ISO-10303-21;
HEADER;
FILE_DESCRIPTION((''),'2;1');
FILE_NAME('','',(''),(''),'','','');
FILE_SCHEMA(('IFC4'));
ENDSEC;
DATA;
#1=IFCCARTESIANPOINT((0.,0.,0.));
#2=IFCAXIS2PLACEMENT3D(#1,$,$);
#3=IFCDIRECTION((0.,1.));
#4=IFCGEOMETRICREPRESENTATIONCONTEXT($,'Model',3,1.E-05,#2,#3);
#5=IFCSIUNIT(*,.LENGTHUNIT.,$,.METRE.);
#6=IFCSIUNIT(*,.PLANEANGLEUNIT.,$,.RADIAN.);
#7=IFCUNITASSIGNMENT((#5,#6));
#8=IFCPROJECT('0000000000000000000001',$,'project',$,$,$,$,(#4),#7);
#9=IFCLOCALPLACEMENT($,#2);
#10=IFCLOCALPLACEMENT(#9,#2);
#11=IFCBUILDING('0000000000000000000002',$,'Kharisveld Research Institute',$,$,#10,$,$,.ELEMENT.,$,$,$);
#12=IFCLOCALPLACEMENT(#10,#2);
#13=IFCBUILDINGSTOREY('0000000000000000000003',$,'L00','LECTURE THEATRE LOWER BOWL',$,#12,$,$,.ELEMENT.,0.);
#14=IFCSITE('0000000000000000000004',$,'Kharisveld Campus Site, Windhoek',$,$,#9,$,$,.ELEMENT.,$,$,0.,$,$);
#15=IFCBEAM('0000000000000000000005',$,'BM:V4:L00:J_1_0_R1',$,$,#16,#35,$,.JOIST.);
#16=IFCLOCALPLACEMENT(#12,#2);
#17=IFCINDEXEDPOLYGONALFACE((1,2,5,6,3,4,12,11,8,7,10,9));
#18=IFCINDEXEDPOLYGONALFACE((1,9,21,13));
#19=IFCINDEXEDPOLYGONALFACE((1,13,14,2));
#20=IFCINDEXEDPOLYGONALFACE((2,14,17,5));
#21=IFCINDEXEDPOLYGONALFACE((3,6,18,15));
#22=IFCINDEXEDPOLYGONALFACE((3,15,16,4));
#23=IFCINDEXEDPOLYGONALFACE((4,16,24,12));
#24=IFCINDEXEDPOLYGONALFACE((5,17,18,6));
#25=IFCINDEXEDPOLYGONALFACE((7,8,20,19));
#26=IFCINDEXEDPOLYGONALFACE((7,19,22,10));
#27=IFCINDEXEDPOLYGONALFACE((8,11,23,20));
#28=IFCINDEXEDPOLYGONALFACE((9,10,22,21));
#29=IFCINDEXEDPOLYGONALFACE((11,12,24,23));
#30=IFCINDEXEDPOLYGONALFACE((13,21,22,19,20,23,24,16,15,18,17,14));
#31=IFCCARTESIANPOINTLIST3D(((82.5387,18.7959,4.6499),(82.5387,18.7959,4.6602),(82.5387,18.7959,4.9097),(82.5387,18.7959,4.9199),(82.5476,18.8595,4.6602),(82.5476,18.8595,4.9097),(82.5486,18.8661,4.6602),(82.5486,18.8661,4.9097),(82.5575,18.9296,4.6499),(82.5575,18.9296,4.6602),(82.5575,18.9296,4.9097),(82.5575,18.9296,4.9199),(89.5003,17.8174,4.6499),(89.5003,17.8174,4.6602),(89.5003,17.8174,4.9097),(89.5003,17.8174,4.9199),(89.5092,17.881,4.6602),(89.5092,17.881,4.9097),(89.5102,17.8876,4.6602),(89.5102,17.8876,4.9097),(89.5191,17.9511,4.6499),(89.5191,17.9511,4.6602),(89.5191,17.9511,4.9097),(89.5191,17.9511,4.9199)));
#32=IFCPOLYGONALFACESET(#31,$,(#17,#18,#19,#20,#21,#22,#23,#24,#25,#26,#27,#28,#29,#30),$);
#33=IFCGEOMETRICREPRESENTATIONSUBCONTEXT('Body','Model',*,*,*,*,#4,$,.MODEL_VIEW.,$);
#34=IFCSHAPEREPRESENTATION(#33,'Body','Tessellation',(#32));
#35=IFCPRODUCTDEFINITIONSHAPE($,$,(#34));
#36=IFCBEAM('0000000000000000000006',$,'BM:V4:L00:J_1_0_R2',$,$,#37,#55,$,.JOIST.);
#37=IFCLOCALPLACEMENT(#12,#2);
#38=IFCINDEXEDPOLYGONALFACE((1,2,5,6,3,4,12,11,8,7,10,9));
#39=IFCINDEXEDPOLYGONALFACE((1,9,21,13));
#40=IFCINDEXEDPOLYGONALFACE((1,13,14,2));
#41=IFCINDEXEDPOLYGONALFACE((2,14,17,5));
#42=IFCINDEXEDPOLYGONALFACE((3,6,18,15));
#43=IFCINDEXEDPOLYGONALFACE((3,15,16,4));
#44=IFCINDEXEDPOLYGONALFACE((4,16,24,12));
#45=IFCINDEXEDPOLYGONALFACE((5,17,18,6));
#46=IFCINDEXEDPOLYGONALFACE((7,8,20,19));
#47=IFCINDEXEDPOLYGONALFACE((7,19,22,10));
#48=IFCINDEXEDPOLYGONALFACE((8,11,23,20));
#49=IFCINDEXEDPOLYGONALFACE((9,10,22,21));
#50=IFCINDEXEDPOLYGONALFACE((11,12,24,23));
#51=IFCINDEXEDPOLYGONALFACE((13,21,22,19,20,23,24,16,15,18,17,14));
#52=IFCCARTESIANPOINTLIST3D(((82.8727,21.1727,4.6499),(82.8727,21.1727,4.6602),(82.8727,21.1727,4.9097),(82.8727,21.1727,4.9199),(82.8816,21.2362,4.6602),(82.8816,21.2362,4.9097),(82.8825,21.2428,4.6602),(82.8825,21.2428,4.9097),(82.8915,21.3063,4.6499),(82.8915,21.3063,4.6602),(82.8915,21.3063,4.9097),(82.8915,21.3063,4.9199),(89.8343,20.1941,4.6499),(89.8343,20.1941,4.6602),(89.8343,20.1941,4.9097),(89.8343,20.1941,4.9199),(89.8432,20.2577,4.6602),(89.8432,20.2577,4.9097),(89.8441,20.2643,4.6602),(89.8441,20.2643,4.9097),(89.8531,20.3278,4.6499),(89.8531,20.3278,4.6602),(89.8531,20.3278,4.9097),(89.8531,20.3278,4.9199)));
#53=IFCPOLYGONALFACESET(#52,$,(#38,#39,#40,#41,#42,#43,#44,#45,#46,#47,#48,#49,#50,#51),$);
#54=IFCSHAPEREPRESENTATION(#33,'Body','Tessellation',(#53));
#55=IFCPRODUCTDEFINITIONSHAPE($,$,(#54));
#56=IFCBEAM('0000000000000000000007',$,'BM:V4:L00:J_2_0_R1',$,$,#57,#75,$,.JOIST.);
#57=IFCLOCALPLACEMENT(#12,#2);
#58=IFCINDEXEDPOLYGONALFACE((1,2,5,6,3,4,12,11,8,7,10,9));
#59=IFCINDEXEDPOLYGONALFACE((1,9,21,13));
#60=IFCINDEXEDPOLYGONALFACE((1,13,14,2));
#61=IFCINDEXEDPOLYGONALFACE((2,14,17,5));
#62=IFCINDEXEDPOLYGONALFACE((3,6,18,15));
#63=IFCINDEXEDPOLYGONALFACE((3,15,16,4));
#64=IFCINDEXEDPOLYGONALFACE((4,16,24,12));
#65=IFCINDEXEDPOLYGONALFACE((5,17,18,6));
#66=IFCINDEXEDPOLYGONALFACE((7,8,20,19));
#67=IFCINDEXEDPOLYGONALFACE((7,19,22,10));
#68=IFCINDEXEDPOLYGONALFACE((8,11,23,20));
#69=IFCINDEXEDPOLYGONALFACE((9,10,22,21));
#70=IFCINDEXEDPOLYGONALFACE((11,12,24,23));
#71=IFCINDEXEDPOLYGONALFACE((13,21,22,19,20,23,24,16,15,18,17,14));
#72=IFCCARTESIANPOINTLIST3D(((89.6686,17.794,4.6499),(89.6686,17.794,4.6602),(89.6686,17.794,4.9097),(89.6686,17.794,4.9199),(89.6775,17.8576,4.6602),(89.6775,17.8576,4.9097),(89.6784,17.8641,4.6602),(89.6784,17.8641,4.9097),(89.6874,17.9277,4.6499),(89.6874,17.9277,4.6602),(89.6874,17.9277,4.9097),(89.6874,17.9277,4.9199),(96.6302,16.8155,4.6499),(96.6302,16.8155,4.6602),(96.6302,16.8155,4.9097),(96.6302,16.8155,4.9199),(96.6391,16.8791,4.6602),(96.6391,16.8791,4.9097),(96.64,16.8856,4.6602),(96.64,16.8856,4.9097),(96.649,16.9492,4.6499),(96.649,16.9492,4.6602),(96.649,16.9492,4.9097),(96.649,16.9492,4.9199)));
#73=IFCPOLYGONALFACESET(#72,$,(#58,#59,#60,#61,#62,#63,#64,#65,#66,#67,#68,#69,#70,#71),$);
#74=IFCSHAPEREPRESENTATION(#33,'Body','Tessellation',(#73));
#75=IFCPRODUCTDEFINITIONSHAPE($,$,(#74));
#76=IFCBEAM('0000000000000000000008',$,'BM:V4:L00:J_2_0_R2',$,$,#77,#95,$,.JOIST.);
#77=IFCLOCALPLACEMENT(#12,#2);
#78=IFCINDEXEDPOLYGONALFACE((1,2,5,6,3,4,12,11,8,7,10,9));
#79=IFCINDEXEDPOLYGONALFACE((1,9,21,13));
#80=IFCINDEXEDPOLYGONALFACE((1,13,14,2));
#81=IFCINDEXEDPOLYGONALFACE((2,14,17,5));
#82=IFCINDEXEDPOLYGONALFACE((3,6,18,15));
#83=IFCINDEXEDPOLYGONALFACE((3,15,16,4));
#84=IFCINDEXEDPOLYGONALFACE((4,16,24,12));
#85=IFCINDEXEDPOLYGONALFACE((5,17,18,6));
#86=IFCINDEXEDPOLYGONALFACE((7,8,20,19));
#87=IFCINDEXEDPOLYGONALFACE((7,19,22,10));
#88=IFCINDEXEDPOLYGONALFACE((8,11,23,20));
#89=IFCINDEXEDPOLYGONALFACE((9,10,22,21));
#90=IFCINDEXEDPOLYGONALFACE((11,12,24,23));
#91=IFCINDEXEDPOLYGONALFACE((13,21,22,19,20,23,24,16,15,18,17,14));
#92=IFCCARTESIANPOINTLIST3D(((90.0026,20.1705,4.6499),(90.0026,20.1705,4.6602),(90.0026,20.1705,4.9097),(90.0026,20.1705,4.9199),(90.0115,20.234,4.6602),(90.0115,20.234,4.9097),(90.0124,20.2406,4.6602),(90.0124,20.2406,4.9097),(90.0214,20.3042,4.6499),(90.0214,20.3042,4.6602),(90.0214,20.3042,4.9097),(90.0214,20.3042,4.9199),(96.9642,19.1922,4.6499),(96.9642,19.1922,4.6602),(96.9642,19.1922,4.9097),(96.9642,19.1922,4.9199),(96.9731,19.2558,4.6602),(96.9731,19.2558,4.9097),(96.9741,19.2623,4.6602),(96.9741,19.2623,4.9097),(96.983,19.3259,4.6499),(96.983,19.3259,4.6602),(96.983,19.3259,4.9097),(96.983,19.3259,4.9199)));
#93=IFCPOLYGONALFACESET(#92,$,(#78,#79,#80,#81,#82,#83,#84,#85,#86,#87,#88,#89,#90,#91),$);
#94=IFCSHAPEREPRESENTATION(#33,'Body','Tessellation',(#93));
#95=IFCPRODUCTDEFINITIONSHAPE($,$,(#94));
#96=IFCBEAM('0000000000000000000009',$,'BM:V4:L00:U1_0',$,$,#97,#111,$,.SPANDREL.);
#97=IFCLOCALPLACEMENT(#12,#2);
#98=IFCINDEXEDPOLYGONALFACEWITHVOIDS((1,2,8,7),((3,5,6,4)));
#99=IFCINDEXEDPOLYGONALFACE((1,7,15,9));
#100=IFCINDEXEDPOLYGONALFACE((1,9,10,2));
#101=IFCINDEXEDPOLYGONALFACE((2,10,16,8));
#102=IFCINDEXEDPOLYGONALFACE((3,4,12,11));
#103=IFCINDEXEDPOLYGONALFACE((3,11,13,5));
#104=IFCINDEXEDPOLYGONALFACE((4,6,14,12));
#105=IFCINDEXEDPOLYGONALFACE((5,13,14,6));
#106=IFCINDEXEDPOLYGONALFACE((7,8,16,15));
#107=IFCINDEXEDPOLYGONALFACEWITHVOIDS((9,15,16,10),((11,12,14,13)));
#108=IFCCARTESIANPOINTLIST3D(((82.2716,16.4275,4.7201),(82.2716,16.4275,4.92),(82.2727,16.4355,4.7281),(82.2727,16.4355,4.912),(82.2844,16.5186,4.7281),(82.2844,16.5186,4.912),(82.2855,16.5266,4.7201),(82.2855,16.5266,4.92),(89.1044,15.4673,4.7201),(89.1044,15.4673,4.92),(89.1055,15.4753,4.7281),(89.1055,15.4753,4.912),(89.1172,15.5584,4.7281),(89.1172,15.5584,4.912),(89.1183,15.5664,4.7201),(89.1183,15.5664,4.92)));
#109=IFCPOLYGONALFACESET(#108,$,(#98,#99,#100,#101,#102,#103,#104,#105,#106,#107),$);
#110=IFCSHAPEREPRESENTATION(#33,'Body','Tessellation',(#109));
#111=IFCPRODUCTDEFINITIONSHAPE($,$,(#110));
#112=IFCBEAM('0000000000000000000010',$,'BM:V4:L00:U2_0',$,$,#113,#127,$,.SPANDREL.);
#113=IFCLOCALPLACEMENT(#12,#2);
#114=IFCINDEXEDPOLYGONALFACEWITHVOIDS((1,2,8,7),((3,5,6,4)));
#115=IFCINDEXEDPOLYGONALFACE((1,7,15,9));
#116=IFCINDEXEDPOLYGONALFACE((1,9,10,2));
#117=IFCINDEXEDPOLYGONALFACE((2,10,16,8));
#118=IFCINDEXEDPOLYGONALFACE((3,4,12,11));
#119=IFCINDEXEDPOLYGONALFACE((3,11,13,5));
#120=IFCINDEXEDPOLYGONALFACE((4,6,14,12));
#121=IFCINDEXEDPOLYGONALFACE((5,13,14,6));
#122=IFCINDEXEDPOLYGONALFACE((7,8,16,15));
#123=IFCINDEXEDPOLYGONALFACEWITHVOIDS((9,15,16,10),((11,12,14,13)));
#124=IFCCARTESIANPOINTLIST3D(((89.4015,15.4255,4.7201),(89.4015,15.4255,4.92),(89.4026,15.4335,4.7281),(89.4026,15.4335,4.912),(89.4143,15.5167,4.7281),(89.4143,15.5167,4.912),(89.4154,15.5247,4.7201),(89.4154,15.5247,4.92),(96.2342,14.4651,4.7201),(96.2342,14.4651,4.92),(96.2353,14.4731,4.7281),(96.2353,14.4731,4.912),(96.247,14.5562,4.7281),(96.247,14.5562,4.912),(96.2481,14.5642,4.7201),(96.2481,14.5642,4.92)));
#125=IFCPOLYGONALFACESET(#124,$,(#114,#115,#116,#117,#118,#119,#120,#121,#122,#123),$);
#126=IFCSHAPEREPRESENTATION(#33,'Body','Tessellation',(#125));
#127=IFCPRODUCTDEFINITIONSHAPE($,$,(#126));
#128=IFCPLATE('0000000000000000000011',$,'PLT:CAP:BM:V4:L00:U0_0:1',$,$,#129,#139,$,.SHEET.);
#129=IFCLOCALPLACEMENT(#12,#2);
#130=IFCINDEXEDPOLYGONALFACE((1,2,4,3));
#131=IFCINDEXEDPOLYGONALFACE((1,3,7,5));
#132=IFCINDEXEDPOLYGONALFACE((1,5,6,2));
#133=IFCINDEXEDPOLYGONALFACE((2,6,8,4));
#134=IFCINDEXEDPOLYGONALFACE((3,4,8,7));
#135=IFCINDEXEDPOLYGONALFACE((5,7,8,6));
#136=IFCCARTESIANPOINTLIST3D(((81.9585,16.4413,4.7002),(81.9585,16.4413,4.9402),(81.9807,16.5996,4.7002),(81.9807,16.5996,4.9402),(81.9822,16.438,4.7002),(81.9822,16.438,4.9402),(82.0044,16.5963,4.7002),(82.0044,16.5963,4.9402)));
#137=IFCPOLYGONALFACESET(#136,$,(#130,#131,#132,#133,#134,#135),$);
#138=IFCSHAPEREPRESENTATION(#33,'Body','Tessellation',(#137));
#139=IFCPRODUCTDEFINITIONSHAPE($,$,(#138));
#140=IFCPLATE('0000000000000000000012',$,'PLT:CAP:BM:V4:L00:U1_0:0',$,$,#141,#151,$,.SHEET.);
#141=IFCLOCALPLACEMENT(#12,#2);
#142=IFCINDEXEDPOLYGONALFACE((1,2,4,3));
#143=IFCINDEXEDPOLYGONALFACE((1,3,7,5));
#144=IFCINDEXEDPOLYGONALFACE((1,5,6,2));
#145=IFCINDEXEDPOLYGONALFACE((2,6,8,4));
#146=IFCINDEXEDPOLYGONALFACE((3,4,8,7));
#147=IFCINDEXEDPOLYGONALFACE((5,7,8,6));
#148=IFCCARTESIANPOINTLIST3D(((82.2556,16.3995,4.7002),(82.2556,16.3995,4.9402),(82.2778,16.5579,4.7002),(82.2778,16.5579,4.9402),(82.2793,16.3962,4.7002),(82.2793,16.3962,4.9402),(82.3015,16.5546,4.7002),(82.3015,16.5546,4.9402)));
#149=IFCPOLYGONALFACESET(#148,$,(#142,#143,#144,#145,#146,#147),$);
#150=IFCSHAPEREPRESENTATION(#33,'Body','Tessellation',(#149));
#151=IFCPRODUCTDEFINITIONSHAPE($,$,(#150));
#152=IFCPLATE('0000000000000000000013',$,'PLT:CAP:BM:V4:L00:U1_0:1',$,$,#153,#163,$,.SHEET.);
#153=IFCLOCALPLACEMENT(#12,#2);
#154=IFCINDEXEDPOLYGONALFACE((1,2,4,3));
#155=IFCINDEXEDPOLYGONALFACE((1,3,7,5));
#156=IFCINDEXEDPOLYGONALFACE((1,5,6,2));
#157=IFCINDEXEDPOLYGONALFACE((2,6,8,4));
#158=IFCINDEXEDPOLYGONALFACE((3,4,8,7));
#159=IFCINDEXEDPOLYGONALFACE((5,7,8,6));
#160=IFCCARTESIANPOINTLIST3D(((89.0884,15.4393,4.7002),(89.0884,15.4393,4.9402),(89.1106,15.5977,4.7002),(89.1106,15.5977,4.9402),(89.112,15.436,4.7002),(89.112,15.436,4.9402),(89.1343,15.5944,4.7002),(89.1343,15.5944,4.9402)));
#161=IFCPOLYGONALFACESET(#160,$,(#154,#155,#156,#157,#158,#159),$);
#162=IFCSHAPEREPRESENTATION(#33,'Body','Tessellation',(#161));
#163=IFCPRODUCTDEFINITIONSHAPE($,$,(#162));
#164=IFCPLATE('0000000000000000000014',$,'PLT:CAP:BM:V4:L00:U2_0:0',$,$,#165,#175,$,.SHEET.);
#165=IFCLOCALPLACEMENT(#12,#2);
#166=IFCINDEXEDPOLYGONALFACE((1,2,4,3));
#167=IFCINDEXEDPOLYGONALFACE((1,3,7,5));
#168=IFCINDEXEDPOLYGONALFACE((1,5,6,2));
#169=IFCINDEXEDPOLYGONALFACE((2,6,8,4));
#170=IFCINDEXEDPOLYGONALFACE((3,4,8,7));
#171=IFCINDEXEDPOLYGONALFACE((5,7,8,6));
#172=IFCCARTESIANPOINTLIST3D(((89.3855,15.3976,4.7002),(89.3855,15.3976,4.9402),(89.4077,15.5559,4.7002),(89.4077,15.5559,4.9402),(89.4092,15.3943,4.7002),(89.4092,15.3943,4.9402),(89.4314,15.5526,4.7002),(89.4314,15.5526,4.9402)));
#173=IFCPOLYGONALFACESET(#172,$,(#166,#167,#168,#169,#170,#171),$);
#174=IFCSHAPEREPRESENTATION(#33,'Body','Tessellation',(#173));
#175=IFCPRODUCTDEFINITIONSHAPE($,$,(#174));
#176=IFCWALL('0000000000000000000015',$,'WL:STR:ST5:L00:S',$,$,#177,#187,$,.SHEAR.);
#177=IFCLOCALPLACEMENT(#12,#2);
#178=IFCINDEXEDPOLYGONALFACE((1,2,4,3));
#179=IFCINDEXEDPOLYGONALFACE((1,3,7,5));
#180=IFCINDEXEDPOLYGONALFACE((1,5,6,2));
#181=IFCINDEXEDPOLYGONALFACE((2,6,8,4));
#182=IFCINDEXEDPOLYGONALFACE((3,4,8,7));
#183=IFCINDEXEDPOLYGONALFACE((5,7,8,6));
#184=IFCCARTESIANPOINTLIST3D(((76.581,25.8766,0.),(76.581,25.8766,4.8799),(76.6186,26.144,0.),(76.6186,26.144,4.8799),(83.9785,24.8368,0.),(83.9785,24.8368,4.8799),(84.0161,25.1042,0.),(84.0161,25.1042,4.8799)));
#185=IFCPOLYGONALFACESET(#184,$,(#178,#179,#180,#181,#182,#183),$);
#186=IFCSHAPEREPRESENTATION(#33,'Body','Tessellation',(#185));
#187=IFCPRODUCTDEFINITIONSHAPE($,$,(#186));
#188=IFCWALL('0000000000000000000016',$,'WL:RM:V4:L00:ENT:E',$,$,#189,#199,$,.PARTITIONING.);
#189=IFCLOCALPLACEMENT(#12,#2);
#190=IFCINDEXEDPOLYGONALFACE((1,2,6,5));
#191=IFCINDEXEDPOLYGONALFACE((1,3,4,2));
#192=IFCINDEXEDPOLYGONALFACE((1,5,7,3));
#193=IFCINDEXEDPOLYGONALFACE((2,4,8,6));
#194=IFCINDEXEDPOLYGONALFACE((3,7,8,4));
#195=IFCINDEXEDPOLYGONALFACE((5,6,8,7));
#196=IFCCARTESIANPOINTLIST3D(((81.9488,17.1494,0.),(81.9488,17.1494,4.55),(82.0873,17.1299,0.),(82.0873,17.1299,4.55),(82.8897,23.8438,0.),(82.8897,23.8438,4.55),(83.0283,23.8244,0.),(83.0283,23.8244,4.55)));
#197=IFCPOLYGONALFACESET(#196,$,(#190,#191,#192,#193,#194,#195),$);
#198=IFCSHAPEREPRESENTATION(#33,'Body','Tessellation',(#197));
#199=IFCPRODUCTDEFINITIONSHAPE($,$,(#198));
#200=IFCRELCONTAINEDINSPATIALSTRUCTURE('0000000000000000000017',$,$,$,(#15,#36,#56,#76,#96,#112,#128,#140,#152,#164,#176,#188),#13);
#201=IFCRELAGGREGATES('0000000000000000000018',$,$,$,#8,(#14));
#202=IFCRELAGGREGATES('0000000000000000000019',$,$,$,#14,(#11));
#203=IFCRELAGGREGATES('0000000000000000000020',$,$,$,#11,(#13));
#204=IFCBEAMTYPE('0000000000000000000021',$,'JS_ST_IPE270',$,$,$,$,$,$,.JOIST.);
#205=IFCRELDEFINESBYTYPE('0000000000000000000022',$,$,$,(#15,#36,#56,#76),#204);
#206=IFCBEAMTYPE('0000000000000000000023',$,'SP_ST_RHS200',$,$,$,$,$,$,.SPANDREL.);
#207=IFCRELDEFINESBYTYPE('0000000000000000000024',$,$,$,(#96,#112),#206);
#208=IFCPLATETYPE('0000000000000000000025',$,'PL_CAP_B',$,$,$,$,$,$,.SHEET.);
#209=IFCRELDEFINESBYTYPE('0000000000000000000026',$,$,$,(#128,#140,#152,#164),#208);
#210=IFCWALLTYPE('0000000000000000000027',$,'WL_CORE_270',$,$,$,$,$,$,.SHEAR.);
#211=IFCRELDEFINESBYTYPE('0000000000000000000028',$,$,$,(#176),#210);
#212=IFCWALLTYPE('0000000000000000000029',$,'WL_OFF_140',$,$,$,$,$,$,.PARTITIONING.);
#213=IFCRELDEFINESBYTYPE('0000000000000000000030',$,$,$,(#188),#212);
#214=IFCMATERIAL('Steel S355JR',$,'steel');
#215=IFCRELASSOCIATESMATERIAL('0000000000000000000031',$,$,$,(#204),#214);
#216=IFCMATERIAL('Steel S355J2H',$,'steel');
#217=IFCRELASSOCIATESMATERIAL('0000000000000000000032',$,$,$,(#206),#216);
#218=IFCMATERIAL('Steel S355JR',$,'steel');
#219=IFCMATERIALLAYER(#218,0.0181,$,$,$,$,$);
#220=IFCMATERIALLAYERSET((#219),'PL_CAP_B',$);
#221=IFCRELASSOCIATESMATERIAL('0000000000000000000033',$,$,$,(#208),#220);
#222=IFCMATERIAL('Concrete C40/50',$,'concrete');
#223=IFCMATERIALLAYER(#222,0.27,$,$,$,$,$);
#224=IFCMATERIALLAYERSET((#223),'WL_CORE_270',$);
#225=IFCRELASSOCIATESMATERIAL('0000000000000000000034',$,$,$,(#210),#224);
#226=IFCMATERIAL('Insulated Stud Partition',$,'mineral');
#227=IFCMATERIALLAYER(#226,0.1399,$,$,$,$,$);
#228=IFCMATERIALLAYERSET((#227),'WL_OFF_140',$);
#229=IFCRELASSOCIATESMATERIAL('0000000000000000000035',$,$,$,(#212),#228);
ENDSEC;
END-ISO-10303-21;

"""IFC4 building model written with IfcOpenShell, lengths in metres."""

from ifc_helpers import new_model, si_unit, direction, frame, frame_2d, origin, origin_2d, place, context, subcontext, project, spatial, rectangle, hollow_rectangle, i_section, extrude, material, layer, layer_set, material_profile, profile_set, type_object, element, save


model = new_model("IFC4")

# Units and contexts
model_context = context("Model", 3, precision=1e-05, world=origin(), true_north=direction((0.0, 1.0)))
body_context = subcontext(model_context, "Body", "Model", "MODEL_VIEW")
ifc_project = project(units=[si_unit("LENGTHUNIT", "METRE"), si_unit("PLANEANGLEUNIT", "RADIAN")], contexts=[model_context])

# Site, building, storey
site_placement = place(None, origin())
site = spatial("IfcSite", under=ifc_project, at=site_placement, Name="Kharisveld Campus Site, Windhoek", CompositionType="ELEMENT", RefElevation=0.0)
building_placement = place(site_placement, origin())
building = spatial("IfcBuilding", under=site, at=building_placement, Name="Kharisveld Research Institute", CompositionType="ELEMENT")
storey_placement = place(building_placement, origin())
storey = spatial("IfcBuildingStorey", under=building, at=storey_placement, Name="L00", Description="LECTURE THEATRE LOWER BOWL", CompositionType="ELEMENT", Elevation=0.0)

# Beams
ifc_material_1 = material(Name="Steel S355JR", Category="steel")
ifc_material_profile_1 = material_profile(ifc_material_1, i_section(OverallWidth=0.135, OverallDepth=0.27, WebThickness=0.0066, FlangeThickness=0.0103, at=origin_2d()))
ifc_profile_set_1 = profile_set([ifc_material_profile_1], Name="Steel S355JR")
beam_type_1 = type_object("IfcBeamType", Name="JS_ST_IPE270", PredefinedType="JOIST", material=ifc_profile_set_1)
for number, where, z_axis, x_axis, name in (
    (1, (82.5481, 18.8628, 4.7849), (0.990266, -0.139189, 0.0), (0.139189, 0.990266, 0.0), "BM:V4:L00:J_1_0_R1"),
    (2, (82.8821, 21.2395, 4.7849), (0.990266, -0.139189, 0.0), (0.139189, 0.990266, 0.0), "BM:V4:L00:J_1_0_R2"),
    (3, (89.678, 17.8608, 4.7849), (0.990266, -0.139189, 0.0), (0.139189, 0.990266, 0.0), "BM:V4:L00:J_2_0_R1"),
    (4, (90.012, 20.2373, 4.7849), (0.990271, -0.139155, 0.0), (0.139155, 0.990271, 0.0), "BM:V4:L00:J_2_0_R2"),
):
    element("IfcBeam", number, at=place(storey_placement, frame(where, z_axis=z_axis, x_axis=x_axis)), inside=storey, type_object=beam_type_1, Name=name, PredefinedType="JOIST", context=body_context, shape_type="SweptSolid", body=[
        extrude(i_section(OverallWidth=0.135, OverallDepth=0.27, WebThickness=0.0066, FlangeThickness=0.0103, at=origin_2d()), origin(), (0.0, 0.0, 1.0), 7.03),
    ])
ifc_material_2 = material(Name="Steel S355J2H", Category="steel")
ifc_material_profile_2 = material_profile(ifc_material_2, hollow_rectangle(XDim=0.1001, YDim=0.2, WallThickness=0.0081, at=origin_2d()))
ifc_profile_set_2 = profile_set([ifc_material_profile_2], Name="Steel S355J2H")
beam_type_2 = type_object("IfcBeamType", Name="SP_ST_RHS200", PredefinedType="SPANDREL", material=ifc_profile_set_2)
for number, where, z_axis, x_axis, name in (
    (5, (82.2786, 16.4771, 4.8201), (0.99027, -0.139162, 0.0), (0.139162, 0.99027, 0.0), "BM:V4:L00:U1_0"),
    (6, (89.4084, 15.4751, 4.8201), (0.990265, -0.139197, 0.0), (0.139197, 0.990265, 0.0), "BM:V4:L00:U2_0"),
):
    element("IfcBeam", number, at=place(storey_placement, frame(where, z_axis=z_axis, x_axis=x_axis)), inside=storey, type_object=beam_type_2, Name=name, PredefinedType="SPANDREL", context=body_context, shape_type="SweptSolid", body=[
        extrude(hollow_rectangle(XDim=0.1001, YDim=0.2, WallThickness=0.0081, at=origin_2d()), origin(), (0.0, 0.0, 1.0), 6.8999),
    ])

# Plates
ifc_material_3 = material(Name="Steel S355JR", Category="steel")
ifc_layer_1 = layer(ifc_material_3, 0.0181)
ifc_layer_set_1 = layer_set([ifc_layer_1], Name="PL_CAP_B")
plate_type = type_object("IfcPlateType", Name="PL_CAP_B", PredefinedType="SHEET", material=ifc_layer_set_1)
for number, where, z_axis, x_axis, name in (
    (7, (81.9814, 16.5188, 4.7002), (0.0, 0.0, 1.0), (0.990268, -0.139173, 0.0), "PLT:CAP:BM:V4:L00:U0_0:1"),
    (8, (82.2786, 16.4771, 4.7002), (0.0, 0.0, 1.0), (0.990268, -0.139173, 0.0), "PLT:CAP:BM:V4:L00:U1_0:0"),
    (9, (89.1113, 15.5168, 4.7002), (0.0, 0.0, 1.0), (0.990268, -0.139173, 0.0), "PLT:CAP:BM:V4:L00:U1_0:1"),
    (10, (89.4084, 15.4751, 4.7002), (0.0, 0.0, 1.0), (0.990268, -0.139173, 0.0), "PLT:CAP:BM:V4:L00:U2_0:0"),
):
    element("IfcPlate", number, at=place(storey_placement, frame(where, z_axis=z_axis, x_axis=x_axis)), inside=storey, type_object=plate_type, Name=name, PredefinedType="SHEET", context=body_context, shape_type="SweptSolid", body=[
        extrude(rectangle(XDim=0.0239, YDim=0.1599, at=origin_2d()), origin(), (0.0, 0.0, 1.0), 0.24),
    ])

# Walls
ifc_material_4 = material(Name="Concrete C40/50", Category="concrete")
ifc_layer_2 = layer(ifc_material_4, 0.27)
ifc_layer_set_2 = layer_set([ifc_layer_2], Name="WL_CORE_270")
wall_type_1 = type_object("IfcWallType", Name="WL_CORE_270", PredefinedType="SHEAR", material=ifc_layer_set_2)
wall_1_placement = place(storey_placement, frame((83.9973, 24.9705, 0.0), z_axis=(0.0, 0.0, 1.0), x_axis=(-0.990265, 0.139193, 0.0)))
element("IfcWall", 11, at=wall_1_placement, inside=storey, type_object=wall_type_1, Name="WL:STR:ST5:L00:S", PredefinedType="SHEAR", context=body_context, shape_type="SweptSolid", body=[
    extrude(rectangle(XDim=7.4702, YDim=0.27, at=frame_2d((3.7351, 0.0))), origin(), (0.0, 0.0, 1.0), 4.8799),
])
ifc_material_5 = material(Name="Insulated Stud Partition", Category="mineral")
ifc_layer_3 = layer(ifc_material_5, 0.1399)
ifc_layer_set_3 = layer_set([ifc_layer_3], Name="WL_OFF_140")
wall_type_2 = type_object("IfcWallType", Name="WL_OFF_140", PredefinedType="PARTITIONING", material=ifc_layer_set_3)
wall_2_placement = place(storey_placement, frame((82.0181, 17.1396, 0.0), z_axis=(0.0, 0.0, 1.0), x_axis=(0.139186, 0.990266, 0.0)))
element("IfcWall", 12, at=wall_2_placement, inside=storey, type_object=wall_type_2, Name="WL:RM:V4:L00:ENT:E", PredefinedType="PARTITIONING", context=body_context, shape_type="SweptSolid", body=[
    extrude(rectangle(XDim=6.7603, YDim=0.1399, at=frame_2d((3.3801, 0.0))), origin(), (0.0, 0.0, 1.0), 4.55),
])

save(model, "model.ifc")
